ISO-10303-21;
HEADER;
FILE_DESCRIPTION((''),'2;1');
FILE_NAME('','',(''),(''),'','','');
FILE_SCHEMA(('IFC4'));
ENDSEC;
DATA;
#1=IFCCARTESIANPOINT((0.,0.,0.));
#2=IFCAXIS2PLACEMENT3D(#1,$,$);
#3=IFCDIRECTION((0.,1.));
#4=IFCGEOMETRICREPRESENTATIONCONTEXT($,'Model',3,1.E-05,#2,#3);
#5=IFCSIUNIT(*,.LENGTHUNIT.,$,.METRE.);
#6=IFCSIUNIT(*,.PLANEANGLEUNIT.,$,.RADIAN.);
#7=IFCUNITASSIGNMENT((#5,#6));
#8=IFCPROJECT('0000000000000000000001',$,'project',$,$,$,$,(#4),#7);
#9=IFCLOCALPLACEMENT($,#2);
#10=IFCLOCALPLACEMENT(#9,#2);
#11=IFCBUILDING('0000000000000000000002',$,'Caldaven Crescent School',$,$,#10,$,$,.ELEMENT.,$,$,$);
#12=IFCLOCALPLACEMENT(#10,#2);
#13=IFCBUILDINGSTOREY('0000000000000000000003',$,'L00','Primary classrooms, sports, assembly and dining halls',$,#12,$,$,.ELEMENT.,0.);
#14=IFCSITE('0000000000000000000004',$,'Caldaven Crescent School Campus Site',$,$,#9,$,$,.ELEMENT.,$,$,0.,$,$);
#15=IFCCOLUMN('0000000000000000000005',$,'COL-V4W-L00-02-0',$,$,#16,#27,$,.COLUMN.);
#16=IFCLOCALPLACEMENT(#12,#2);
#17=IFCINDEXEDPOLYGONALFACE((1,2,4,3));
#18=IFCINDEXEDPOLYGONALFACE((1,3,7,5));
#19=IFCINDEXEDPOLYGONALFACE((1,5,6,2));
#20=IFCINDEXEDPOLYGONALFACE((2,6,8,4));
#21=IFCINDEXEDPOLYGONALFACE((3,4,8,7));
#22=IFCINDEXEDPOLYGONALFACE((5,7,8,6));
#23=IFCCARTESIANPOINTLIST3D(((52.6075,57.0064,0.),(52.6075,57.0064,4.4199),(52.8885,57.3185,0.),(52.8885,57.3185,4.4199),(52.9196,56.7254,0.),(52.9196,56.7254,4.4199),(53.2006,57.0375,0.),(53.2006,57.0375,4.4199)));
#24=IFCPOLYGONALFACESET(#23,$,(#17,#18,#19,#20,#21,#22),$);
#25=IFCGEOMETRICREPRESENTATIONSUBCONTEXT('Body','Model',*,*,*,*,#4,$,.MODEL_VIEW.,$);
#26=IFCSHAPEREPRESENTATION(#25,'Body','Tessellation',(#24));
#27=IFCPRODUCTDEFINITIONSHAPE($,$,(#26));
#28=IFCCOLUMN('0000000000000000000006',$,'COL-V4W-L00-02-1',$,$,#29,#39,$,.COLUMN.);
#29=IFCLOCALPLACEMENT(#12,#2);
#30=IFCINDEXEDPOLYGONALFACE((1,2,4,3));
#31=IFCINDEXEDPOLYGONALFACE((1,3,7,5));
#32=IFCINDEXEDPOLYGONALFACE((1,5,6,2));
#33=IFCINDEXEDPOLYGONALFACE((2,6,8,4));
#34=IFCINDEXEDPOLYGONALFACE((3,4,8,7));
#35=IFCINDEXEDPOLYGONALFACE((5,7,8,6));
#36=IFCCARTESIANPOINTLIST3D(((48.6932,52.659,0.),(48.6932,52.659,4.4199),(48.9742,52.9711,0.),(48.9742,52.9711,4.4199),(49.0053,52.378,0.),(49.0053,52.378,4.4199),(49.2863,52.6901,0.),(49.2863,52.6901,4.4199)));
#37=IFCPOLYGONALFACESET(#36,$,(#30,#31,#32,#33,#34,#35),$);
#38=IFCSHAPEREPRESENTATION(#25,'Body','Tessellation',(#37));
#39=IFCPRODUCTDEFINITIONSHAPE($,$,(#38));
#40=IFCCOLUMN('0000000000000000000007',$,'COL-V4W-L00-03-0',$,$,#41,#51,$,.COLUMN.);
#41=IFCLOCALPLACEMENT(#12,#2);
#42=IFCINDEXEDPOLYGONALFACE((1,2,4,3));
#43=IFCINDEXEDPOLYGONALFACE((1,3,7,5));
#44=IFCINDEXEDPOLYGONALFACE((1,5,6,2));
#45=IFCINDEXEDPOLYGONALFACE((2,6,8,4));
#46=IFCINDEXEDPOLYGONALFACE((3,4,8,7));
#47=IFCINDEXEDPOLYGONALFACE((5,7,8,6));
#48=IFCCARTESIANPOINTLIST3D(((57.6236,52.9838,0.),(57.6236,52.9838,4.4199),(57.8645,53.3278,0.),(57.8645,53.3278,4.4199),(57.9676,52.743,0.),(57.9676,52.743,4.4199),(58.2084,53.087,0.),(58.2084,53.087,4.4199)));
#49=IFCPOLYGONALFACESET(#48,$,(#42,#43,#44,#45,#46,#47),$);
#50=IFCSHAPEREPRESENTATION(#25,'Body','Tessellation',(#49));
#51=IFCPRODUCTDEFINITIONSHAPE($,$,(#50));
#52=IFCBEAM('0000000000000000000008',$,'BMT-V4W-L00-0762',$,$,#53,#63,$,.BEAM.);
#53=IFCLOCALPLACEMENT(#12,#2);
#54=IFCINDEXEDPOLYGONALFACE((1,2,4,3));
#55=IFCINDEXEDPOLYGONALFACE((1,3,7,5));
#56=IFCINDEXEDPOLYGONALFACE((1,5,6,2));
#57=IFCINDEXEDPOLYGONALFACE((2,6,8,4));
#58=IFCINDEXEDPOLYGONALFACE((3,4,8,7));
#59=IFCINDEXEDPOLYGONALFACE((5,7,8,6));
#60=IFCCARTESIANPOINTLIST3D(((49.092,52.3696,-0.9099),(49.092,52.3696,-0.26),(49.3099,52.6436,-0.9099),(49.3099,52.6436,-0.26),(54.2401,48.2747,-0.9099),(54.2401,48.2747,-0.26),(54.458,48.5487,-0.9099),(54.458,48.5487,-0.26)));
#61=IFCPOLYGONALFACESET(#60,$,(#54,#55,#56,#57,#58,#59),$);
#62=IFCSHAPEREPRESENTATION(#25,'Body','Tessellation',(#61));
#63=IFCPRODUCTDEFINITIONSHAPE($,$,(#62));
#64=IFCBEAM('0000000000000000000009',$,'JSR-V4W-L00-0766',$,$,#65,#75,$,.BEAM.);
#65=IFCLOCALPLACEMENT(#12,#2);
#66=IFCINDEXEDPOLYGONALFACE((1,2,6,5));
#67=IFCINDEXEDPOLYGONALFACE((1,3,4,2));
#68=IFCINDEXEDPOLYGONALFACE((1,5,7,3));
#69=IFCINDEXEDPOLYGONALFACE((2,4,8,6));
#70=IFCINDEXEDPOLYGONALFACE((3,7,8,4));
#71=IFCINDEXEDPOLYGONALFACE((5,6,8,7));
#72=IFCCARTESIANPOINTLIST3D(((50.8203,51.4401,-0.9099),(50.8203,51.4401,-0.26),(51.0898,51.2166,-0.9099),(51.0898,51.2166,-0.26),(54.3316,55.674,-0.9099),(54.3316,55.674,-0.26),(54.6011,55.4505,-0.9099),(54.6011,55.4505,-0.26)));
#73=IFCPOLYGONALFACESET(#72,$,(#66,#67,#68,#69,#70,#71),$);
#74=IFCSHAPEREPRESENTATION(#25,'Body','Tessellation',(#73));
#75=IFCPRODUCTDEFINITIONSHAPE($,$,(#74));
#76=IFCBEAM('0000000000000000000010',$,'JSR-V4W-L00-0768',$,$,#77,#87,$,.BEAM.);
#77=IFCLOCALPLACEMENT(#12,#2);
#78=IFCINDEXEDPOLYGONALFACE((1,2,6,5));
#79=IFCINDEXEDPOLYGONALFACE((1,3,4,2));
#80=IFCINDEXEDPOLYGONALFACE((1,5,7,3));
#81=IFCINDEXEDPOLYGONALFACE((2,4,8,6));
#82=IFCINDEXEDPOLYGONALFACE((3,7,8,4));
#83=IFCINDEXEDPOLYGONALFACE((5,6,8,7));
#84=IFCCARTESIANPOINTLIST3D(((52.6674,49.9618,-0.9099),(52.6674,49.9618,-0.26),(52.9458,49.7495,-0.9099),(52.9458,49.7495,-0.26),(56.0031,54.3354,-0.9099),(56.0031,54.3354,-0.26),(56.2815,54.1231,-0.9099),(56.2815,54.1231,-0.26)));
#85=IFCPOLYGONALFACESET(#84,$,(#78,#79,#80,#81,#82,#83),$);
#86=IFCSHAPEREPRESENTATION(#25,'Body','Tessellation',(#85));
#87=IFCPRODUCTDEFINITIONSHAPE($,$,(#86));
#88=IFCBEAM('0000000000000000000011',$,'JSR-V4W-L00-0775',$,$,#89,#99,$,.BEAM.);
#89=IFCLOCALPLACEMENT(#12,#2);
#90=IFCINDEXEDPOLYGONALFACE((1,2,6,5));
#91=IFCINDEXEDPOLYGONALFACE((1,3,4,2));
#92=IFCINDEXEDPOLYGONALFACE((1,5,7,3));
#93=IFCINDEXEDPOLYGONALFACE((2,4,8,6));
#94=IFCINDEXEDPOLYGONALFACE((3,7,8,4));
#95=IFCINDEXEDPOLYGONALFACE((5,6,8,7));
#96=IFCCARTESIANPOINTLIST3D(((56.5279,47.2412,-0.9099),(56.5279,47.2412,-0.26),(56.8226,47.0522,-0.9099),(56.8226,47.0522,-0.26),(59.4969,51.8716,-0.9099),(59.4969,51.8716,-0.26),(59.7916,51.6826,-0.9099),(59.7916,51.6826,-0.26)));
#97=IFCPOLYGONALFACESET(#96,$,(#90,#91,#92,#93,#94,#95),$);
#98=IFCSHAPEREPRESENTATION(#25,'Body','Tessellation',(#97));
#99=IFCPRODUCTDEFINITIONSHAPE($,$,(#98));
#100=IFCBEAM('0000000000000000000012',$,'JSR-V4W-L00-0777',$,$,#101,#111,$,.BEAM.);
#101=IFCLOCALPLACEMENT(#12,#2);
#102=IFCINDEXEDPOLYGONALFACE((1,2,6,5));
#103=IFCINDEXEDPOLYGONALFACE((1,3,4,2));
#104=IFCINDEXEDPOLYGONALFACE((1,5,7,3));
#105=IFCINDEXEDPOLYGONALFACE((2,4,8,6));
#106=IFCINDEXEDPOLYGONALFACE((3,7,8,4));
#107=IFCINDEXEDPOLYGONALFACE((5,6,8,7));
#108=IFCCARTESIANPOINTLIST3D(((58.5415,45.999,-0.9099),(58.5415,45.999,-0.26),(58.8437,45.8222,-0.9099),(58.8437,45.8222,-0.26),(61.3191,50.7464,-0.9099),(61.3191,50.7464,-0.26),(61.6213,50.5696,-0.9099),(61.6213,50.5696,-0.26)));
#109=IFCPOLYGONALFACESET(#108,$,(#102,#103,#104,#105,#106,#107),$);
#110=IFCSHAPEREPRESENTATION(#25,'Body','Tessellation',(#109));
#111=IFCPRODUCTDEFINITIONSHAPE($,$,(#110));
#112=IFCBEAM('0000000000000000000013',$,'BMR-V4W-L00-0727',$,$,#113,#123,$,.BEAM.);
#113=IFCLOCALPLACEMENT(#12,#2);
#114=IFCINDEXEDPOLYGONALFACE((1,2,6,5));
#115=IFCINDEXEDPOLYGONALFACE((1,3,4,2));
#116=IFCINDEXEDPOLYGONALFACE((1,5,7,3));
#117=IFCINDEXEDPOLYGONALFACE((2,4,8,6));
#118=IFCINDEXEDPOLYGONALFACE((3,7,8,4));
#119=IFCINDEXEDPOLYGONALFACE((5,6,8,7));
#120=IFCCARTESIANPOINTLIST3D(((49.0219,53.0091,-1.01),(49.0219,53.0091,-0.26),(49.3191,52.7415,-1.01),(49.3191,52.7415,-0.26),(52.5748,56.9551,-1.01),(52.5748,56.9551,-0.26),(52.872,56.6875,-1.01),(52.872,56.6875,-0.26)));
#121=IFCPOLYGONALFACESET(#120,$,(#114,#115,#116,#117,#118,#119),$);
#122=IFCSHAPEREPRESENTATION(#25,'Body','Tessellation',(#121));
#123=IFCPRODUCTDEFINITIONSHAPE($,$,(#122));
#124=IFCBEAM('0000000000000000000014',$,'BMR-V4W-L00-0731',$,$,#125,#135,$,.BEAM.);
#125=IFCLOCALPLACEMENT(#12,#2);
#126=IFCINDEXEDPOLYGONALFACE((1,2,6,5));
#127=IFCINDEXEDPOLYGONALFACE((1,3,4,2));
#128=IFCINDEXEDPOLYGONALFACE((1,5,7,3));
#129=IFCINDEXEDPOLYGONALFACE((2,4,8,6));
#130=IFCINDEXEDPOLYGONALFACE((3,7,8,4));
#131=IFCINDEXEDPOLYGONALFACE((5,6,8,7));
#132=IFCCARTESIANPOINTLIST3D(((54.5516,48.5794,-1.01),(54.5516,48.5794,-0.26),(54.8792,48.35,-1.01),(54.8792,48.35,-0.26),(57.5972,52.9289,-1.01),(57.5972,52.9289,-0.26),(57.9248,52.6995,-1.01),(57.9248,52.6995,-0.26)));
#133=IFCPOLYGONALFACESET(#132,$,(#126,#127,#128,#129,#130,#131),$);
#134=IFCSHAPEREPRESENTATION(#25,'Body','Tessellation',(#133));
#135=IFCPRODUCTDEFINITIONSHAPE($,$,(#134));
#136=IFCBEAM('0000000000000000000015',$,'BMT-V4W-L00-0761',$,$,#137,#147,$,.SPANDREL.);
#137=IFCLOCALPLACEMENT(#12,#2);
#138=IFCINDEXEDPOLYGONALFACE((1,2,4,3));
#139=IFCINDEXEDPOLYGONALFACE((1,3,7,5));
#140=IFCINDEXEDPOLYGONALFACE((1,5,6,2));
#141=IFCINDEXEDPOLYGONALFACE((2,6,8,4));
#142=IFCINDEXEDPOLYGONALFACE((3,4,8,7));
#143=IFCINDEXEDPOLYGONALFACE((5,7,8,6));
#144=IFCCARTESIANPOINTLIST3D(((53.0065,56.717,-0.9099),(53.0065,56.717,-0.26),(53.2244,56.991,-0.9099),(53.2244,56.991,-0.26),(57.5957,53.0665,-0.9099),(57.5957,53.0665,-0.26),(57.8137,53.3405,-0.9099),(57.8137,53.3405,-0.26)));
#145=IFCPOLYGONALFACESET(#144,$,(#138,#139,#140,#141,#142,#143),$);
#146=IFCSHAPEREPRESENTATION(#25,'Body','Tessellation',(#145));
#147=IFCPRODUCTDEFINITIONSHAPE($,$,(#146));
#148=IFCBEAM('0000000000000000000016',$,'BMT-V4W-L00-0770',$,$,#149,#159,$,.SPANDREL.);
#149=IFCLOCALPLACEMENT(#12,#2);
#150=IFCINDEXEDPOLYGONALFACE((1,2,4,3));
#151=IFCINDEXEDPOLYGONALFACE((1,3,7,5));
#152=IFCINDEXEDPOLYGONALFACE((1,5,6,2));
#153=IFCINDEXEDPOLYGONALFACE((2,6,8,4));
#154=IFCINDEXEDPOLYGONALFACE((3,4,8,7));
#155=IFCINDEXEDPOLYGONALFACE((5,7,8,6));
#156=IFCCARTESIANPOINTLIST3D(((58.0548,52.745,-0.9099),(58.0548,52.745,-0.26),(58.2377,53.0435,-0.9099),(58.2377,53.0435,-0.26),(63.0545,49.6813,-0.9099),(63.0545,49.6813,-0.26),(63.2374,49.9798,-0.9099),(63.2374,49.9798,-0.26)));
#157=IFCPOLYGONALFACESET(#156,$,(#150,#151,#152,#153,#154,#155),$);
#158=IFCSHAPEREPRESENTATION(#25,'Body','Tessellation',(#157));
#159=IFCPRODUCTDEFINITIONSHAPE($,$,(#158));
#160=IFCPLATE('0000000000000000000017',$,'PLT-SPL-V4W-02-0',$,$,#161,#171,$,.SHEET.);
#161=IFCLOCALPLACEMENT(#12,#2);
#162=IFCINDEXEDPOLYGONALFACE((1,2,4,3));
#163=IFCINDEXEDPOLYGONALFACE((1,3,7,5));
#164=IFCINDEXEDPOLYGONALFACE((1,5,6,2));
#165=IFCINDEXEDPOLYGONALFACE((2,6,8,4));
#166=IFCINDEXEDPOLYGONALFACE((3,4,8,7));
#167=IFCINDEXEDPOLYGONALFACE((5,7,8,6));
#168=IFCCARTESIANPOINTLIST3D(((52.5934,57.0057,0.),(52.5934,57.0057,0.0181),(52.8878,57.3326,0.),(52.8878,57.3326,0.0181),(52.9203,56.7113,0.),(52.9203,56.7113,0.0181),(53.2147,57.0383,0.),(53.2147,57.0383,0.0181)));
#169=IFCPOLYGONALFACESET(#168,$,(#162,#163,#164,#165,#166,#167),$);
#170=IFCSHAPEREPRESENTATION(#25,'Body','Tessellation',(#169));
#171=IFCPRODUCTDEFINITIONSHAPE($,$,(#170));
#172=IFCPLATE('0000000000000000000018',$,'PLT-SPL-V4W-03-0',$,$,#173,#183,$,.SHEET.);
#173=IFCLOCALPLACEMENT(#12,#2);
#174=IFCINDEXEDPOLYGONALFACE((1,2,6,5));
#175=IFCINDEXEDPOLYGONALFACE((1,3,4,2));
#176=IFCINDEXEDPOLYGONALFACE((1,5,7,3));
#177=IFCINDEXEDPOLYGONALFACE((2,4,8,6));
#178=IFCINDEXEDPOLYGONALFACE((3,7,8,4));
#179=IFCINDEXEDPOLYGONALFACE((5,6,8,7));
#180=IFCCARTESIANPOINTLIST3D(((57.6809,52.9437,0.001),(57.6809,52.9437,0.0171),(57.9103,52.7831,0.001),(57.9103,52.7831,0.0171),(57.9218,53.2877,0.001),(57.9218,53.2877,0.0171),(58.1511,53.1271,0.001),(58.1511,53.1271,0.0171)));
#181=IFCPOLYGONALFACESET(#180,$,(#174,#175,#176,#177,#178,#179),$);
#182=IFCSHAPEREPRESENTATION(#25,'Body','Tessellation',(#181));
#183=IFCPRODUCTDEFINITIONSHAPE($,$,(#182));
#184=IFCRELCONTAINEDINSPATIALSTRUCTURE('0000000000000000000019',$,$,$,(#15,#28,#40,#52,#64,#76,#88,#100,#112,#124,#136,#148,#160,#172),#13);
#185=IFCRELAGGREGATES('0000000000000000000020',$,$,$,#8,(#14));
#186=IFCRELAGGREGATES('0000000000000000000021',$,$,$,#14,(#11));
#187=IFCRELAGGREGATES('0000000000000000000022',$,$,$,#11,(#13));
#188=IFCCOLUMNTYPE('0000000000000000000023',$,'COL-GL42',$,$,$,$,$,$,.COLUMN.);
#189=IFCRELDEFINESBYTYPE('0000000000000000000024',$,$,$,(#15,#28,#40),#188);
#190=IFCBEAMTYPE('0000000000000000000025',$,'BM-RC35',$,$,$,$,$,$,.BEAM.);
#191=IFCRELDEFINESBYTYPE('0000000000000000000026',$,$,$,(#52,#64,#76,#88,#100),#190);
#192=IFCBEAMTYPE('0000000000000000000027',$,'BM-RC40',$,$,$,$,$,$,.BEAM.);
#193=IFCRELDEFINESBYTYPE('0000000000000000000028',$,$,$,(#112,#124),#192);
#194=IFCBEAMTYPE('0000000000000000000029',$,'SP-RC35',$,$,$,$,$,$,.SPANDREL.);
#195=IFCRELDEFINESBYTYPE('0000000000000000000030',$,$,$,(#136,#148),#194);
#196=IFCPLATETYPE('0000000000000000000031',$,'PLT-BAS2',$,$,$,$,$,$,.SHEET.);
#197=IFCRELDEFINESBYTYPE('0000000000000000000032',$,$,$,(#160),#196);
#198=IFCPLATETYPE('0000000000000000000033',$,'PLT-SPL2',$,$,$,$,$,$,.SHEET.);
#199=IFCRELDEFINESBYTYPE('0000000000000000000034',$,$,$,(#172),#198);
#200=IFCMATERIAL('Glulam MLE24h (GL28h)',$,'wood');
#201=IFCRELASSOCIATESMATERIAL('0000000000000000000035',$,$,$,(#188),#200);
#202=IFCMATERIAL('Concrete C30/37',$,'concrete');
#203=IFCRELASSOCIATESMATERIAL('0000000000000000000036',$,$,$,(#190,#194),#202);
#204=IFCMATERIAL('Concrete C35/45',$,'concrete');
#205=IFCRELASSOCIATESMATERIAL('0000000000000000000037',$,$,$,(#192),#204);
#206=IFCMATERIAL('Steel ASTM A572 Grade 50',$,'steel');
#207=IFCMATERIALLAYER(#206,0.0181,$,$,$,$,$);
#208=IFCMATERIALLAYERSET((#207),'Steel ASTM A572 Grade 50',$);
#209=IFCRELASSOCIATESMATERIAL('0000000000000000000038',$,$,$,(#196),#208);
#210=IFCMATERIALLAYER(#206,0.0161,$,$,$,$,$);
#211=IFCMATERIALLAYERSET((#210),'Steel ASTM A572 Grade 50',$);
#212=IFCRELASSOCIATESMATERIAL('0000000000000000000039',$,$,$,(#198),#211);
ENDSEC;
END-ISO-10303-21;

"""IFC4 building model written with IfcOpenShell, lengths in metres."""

from ifc_helpers import new_model, si_unit, direction, frame, origin, origin_2d, place, context, subcontext, project, spatial, rectangle, extrude, material, layer, layer_set, material_profile, profile_set, type_object, element, save


model = new_model("IFC4")

# Units and contexts
model_context = context("Model", 3, precision=1e-05, world=origin(), true_north=direction((0.0, 1.0)))
body_context = subcontext(model_context, "Body", "Model", "MODEL_VIEW")
ifc_project = project(units=[si_unit("LENGTHUNIT", "METRE"), si_unit("PLANEANGLEUNIT", "RADIAN")], contexts=[model_context])

# Site, building, storey
site_placement = place(None, origin())
site = spatial("IfcSite", under=ifc_project, at=site_placement, Name="Caldaven Crescent School Campus Site", CompositionType="ELEMENT", RefElevation=0.0)
building_placement = place(site_placement, origin())
building = spatial("IfcBuilding", under=site, at=building_placement, Name="Caldaven Crescent School", CompositionType="ELEMENT")
storey_placement = place(building_placement, origin())
storey = spatial("IfcBuildingStorey", under=building, at=storey_placement, Name="L00", Description="Primary classrooms, sports, assembly and dining halls", CompositionType="ELEMENT", Elevation=0.0)

# Columns
ifc_material_1 = material(Name="Glulam MLE24h (GL28h)", Category="wood")
ifc_material_profile_1 = material_profile(ifc_material_1, rectangle(XDim=0.4199, YDim=0.4199, at=origin_2d()), Name="MLE 420x420")
ifc_profile_set_1 = profile_set([ifc_material_profile_1], Name="Glulam MLE24h (GL28h)")
column_type = type_object("IfcColumnType", Name="COL-GL42", PredefinedType="COLUMN", material=ifc_profile_set_1)
for number, where, z_axis, x_axis, name in (
    (1, (52.9041, 57.022, 0.0), (0.0, 0.0, 1.0), (-0.669131, -0.743145, 0.0), "COL-V4W-L00-02-0"),
    (2, (48.9897, 52.6746, 0.0), (0.0, 0.0, 1.0), (-0.669131, -0.743145, 0.0), "COL-V4W-L00-02-1"),
    (3, (57.916, 53.0354, 0.0), (0.0, 0.0, 1.0), (-0.573576, -0.819152, 0.0), "COL-V4W-L00-03-0"),
):
    element("IfcColumn", number, at=place(storey_placement, frame(where, z_axis=z_axis, x_axis=x_axis)), inside=storey, type_object=column_type, Name=name, PredefinedType="COLUMN", context=body_context, shape_type="SweptSolid", body=[
        extrude(rectangle(XDim=0.4199, YDim=0.4199, at=origin_2d()), origin(), (0.0, 0.0, 1.0), 4.4199),
    ])

# Beams
ifc_material_2 = material(Name="Concrete C30/37", Category="concrete")
ifc_material_profile_2 = material_profile(ifc_material_2, rectangle(XDim=0.3501, YDim=0.6499, at=origin_2d()), Name="RC 350x650")
ifc_profile_set_2 = profile_set([ifc_material_profile_2], Name="Concrete C30/37")
beam_type_1 = type_object("IfcBeamType", Name="BM-RC35", PredefinedType="BEAM", material=ifc_profile_set_2)
beam_1_placement = place(storey_placement, frame((49.2009, 52.5066, -0.585), z_axis=(0.782615, -0.622507, 0.0), x_axis=(0.622507, 0.782615, 0.0)))
element("IfcBeam", 4, at=beam_1_placement, inside=storey, type_object=beam_type_1, Name="BMT-V4W-L00-0762", PredefinedType="BEAM", context=body_context, shape_type="SweptSolid", body=[
    extrude(rectangle(XDim=0.3501, YDim=0.6499, at=origin_2d()), origin(), (0.0, 0.0, 1.0), 6.5781),
])
for number, where, z_axis, x_axis, name in (
    (5, (54.4663, 55.5623, -0.585), (-0.638358, -0.76974, 0.0), (0.76974, -0.638358, 0.0), "JSR-V4W-L00-0766"),
    (6, (56.1423, 54.2292, -0.585), (-0.606443, -0.795127, 0.0), (0.795127, -0.606443, 0.0), "JSR-V4W-L00-0768"),
    (7, (59.6443, 51.7771, -0.585), (-0.53977, -0.841812, 0.0), (0.841812, -0.53977, 0.0), "JSR-V4W-L00-0775"),
):
    element("IfcBeam", number, at=place(storey_placement, frame(where, z_axis=z_axis, x_axis=x_axis)), inside=storey, type_object=beam_type_1, Name=name, PredefinedType="BEAM", context=body_context, shape_type="SweptSolid", body=[
        extrude(rectangle(XDim=0.3501, YDim=0.6499, at=origin_2d()), origin(), (0.0, 0.0, 1.0), 5.5005),
    ])
beam_2_placement = place(storey_placement, frame((61.4702, 50.658, -0.585), z_axis=(-0.504999, -0.86312, 0.0), x_axis=(0.86312, -0.504999, 0.0)))
element("IfcBeam", 8, at=beam_2_placement, inside=storey, type_object=beam_type_1, Name="JSR-V4W-L00-0777", PredefinedType="BEAM", context=body_context, shape_type="SweptSolid", body=[
    extrude(rectangle(XDim=0.3501, YDim=0.6499, at=origin_2d()), origin(), (0.0, 0.0, 1.0), 5.5002),
])
ifc_material_3 = material(Name="Concrete C35/45", Category="concrete")
ifc_material_profile_3 = material_profile(ifc_material_3, rectangle(XDim=0.3999, YDim=0.75, at=origin_2d()), Name="RC 400x750")
ifc_profile_set_3 = profile_set([ifc_material_profile_3], Name="Concrete C35/45")
beam_type_2 = type_object("IfcBeamType", Name="BM-RC40", PredefinedType="BEAM", material=ifc_profile_set_3)
for number, where, z_axis, x_axis, name in (
    (9, (52.7234, 56.8213, -0.635), (-0.669125, -0.74315, 0.0), (0.74315, -0.669125, 0.0), "BMR-V4W-L00-0727"),
    (10, (57.761, 52.8142, -0.635), (-0.57358, -0.81915, 0.0), (0.81915, -0.57358, 0.0), "BMR-V4W-L00-0731"),
):
    element("IfcBeam", number, at=place(storey_placement, frame(where, z_axis=z_axis, x_axis=x_axis)), inside=storey, type_object=beam_type_2, Name=name, PredefinedType="BEAM", context=body_context, shape_type="SweptSolid", body=[
        extrude(rectangle(XDim=0.3999, YDim=0.75, at=origin_2d()), origin(), (0.0, 0.0, 1.0), 5.3098),
    ])
ifc_material_profile_4 = material_profile(ifc_material_2, rectangle(XDim=0.3501, YDim=0.6499, at=origin_2d()), Name="RC 350x650")
ifc_profile_set_4 = profile_set([ifc_material_profile_4], Name="Concrete C30/37")
beam_type_3 = type_object("IfcBeamType", Name="SP-RC35", PredefinedType="SPANDREL", material=ifc_profile_set_4)
beam_3_placement = place(storey_placement, frame((53.1155, 56.854, -0.585), z_axis=(0.782604, -0.62252, 0.0), x_axis=(0.62252, 0.782604, 0.0)))
element("IfcBeam", 11, at=beam_3_placement, inside=storey, type_object=beam_type_3, Name="BMT-V4W-L00-0761", PredefinedType="SPANDREL", context=body_context, shape_type="SweptSolid", body=[
    extrude(rectangle(XDim=0.3501, YDim=0.6499, at=origin_2d()), origin(), (0.0, 0.0, 1.0), 5.864),
])
beam_4_placement = place(storey_placement, frame((58.1462, 52.8943, -0.585), z_axis=(0.85265, -0.522482, 0.0), x_axis=(0.522482, 0.85265, 0.0)))
element("IfcBeam", 12, at=beam_4_placement, inside=storey, type_object=beam_type_3, Name="BMT-V4W-L00-0770", PredefinedType="SPANDREL", context=body_context, shape_type="SweptSolid", body=[
    extrude(rectangle(XDim=0.3501, YDim=0.6499, at=origin_2d()), origin(), (0.0, 0.0, 1.0), 5.8638),
])

# Plates
ifc_material_4 = material(Name="Steel ASTM A572 Grade 50", Category="steel")
ifc_layer_1 = layer(ifc_material_4, 0.0181)
ifc_layer_set_1 = layer_set([ifc_layer_1], Name="Steel ASTM A572 Grade 50")
plate_type_1 = type_object("IfcPlateType", Name="PLT-BAS2", PredefinedType="SHEET", material=ifc_layer_set_1)
plate_1_placement = place(storey_placement, frame((52.9041, 57.022, 0.0), z_axis=(0.0, 0.0, 1.0), x_axis=(-0.669131, -0.743145, 0.0)))
element("IfcPlate", 13, at=plate_1_placement, inside=storey, type_object=plate_type_1, Name="PLT-SPL-V4W-02-0", PredefinedType="SHEET", context=body_context, shape_type="SweptSolid", body=[
    extrude(rectangle(XDim=0.4399, YDim=0.4399, at=origin_2d()), origin(), (0.0, 0.0, 1.0), 0.0181),
])
ifc_layer_2 = layer(ifc_material_4, 0.0161)
ifc_layer_set_2 = layer_set([ifc_layer_2], Name="Steel ASTM A572 Grade 50")
plate_type_2 = type_object("IfcPlateType", Name="PLT-SPL2", PredefinedType="SHEET", material=ifc_layer_set_2)
plate_2_placement = place(storey_placement, frame((57.916, 53.0354, 0.001), z_axis=(0.0, 0.0, 1.0), x_axis=(-0.573576, -0.819152, 0.0)))
element("IfcPlate", 14, at=plate_2_placement, inside=storey, type_object=plate_type_2, Name="PLT-SPL-V4W-03-0", PredefinedType="SHEET", context=body_context, shape_type="SweptSolid", body=[
    extrude(rectangle(XDim=0.4199, YDim=0.28, at=origin_2d()), origin(), (0.0, 0.0, 1.0), 0.0161),
])

save(model, "model.ifc")
